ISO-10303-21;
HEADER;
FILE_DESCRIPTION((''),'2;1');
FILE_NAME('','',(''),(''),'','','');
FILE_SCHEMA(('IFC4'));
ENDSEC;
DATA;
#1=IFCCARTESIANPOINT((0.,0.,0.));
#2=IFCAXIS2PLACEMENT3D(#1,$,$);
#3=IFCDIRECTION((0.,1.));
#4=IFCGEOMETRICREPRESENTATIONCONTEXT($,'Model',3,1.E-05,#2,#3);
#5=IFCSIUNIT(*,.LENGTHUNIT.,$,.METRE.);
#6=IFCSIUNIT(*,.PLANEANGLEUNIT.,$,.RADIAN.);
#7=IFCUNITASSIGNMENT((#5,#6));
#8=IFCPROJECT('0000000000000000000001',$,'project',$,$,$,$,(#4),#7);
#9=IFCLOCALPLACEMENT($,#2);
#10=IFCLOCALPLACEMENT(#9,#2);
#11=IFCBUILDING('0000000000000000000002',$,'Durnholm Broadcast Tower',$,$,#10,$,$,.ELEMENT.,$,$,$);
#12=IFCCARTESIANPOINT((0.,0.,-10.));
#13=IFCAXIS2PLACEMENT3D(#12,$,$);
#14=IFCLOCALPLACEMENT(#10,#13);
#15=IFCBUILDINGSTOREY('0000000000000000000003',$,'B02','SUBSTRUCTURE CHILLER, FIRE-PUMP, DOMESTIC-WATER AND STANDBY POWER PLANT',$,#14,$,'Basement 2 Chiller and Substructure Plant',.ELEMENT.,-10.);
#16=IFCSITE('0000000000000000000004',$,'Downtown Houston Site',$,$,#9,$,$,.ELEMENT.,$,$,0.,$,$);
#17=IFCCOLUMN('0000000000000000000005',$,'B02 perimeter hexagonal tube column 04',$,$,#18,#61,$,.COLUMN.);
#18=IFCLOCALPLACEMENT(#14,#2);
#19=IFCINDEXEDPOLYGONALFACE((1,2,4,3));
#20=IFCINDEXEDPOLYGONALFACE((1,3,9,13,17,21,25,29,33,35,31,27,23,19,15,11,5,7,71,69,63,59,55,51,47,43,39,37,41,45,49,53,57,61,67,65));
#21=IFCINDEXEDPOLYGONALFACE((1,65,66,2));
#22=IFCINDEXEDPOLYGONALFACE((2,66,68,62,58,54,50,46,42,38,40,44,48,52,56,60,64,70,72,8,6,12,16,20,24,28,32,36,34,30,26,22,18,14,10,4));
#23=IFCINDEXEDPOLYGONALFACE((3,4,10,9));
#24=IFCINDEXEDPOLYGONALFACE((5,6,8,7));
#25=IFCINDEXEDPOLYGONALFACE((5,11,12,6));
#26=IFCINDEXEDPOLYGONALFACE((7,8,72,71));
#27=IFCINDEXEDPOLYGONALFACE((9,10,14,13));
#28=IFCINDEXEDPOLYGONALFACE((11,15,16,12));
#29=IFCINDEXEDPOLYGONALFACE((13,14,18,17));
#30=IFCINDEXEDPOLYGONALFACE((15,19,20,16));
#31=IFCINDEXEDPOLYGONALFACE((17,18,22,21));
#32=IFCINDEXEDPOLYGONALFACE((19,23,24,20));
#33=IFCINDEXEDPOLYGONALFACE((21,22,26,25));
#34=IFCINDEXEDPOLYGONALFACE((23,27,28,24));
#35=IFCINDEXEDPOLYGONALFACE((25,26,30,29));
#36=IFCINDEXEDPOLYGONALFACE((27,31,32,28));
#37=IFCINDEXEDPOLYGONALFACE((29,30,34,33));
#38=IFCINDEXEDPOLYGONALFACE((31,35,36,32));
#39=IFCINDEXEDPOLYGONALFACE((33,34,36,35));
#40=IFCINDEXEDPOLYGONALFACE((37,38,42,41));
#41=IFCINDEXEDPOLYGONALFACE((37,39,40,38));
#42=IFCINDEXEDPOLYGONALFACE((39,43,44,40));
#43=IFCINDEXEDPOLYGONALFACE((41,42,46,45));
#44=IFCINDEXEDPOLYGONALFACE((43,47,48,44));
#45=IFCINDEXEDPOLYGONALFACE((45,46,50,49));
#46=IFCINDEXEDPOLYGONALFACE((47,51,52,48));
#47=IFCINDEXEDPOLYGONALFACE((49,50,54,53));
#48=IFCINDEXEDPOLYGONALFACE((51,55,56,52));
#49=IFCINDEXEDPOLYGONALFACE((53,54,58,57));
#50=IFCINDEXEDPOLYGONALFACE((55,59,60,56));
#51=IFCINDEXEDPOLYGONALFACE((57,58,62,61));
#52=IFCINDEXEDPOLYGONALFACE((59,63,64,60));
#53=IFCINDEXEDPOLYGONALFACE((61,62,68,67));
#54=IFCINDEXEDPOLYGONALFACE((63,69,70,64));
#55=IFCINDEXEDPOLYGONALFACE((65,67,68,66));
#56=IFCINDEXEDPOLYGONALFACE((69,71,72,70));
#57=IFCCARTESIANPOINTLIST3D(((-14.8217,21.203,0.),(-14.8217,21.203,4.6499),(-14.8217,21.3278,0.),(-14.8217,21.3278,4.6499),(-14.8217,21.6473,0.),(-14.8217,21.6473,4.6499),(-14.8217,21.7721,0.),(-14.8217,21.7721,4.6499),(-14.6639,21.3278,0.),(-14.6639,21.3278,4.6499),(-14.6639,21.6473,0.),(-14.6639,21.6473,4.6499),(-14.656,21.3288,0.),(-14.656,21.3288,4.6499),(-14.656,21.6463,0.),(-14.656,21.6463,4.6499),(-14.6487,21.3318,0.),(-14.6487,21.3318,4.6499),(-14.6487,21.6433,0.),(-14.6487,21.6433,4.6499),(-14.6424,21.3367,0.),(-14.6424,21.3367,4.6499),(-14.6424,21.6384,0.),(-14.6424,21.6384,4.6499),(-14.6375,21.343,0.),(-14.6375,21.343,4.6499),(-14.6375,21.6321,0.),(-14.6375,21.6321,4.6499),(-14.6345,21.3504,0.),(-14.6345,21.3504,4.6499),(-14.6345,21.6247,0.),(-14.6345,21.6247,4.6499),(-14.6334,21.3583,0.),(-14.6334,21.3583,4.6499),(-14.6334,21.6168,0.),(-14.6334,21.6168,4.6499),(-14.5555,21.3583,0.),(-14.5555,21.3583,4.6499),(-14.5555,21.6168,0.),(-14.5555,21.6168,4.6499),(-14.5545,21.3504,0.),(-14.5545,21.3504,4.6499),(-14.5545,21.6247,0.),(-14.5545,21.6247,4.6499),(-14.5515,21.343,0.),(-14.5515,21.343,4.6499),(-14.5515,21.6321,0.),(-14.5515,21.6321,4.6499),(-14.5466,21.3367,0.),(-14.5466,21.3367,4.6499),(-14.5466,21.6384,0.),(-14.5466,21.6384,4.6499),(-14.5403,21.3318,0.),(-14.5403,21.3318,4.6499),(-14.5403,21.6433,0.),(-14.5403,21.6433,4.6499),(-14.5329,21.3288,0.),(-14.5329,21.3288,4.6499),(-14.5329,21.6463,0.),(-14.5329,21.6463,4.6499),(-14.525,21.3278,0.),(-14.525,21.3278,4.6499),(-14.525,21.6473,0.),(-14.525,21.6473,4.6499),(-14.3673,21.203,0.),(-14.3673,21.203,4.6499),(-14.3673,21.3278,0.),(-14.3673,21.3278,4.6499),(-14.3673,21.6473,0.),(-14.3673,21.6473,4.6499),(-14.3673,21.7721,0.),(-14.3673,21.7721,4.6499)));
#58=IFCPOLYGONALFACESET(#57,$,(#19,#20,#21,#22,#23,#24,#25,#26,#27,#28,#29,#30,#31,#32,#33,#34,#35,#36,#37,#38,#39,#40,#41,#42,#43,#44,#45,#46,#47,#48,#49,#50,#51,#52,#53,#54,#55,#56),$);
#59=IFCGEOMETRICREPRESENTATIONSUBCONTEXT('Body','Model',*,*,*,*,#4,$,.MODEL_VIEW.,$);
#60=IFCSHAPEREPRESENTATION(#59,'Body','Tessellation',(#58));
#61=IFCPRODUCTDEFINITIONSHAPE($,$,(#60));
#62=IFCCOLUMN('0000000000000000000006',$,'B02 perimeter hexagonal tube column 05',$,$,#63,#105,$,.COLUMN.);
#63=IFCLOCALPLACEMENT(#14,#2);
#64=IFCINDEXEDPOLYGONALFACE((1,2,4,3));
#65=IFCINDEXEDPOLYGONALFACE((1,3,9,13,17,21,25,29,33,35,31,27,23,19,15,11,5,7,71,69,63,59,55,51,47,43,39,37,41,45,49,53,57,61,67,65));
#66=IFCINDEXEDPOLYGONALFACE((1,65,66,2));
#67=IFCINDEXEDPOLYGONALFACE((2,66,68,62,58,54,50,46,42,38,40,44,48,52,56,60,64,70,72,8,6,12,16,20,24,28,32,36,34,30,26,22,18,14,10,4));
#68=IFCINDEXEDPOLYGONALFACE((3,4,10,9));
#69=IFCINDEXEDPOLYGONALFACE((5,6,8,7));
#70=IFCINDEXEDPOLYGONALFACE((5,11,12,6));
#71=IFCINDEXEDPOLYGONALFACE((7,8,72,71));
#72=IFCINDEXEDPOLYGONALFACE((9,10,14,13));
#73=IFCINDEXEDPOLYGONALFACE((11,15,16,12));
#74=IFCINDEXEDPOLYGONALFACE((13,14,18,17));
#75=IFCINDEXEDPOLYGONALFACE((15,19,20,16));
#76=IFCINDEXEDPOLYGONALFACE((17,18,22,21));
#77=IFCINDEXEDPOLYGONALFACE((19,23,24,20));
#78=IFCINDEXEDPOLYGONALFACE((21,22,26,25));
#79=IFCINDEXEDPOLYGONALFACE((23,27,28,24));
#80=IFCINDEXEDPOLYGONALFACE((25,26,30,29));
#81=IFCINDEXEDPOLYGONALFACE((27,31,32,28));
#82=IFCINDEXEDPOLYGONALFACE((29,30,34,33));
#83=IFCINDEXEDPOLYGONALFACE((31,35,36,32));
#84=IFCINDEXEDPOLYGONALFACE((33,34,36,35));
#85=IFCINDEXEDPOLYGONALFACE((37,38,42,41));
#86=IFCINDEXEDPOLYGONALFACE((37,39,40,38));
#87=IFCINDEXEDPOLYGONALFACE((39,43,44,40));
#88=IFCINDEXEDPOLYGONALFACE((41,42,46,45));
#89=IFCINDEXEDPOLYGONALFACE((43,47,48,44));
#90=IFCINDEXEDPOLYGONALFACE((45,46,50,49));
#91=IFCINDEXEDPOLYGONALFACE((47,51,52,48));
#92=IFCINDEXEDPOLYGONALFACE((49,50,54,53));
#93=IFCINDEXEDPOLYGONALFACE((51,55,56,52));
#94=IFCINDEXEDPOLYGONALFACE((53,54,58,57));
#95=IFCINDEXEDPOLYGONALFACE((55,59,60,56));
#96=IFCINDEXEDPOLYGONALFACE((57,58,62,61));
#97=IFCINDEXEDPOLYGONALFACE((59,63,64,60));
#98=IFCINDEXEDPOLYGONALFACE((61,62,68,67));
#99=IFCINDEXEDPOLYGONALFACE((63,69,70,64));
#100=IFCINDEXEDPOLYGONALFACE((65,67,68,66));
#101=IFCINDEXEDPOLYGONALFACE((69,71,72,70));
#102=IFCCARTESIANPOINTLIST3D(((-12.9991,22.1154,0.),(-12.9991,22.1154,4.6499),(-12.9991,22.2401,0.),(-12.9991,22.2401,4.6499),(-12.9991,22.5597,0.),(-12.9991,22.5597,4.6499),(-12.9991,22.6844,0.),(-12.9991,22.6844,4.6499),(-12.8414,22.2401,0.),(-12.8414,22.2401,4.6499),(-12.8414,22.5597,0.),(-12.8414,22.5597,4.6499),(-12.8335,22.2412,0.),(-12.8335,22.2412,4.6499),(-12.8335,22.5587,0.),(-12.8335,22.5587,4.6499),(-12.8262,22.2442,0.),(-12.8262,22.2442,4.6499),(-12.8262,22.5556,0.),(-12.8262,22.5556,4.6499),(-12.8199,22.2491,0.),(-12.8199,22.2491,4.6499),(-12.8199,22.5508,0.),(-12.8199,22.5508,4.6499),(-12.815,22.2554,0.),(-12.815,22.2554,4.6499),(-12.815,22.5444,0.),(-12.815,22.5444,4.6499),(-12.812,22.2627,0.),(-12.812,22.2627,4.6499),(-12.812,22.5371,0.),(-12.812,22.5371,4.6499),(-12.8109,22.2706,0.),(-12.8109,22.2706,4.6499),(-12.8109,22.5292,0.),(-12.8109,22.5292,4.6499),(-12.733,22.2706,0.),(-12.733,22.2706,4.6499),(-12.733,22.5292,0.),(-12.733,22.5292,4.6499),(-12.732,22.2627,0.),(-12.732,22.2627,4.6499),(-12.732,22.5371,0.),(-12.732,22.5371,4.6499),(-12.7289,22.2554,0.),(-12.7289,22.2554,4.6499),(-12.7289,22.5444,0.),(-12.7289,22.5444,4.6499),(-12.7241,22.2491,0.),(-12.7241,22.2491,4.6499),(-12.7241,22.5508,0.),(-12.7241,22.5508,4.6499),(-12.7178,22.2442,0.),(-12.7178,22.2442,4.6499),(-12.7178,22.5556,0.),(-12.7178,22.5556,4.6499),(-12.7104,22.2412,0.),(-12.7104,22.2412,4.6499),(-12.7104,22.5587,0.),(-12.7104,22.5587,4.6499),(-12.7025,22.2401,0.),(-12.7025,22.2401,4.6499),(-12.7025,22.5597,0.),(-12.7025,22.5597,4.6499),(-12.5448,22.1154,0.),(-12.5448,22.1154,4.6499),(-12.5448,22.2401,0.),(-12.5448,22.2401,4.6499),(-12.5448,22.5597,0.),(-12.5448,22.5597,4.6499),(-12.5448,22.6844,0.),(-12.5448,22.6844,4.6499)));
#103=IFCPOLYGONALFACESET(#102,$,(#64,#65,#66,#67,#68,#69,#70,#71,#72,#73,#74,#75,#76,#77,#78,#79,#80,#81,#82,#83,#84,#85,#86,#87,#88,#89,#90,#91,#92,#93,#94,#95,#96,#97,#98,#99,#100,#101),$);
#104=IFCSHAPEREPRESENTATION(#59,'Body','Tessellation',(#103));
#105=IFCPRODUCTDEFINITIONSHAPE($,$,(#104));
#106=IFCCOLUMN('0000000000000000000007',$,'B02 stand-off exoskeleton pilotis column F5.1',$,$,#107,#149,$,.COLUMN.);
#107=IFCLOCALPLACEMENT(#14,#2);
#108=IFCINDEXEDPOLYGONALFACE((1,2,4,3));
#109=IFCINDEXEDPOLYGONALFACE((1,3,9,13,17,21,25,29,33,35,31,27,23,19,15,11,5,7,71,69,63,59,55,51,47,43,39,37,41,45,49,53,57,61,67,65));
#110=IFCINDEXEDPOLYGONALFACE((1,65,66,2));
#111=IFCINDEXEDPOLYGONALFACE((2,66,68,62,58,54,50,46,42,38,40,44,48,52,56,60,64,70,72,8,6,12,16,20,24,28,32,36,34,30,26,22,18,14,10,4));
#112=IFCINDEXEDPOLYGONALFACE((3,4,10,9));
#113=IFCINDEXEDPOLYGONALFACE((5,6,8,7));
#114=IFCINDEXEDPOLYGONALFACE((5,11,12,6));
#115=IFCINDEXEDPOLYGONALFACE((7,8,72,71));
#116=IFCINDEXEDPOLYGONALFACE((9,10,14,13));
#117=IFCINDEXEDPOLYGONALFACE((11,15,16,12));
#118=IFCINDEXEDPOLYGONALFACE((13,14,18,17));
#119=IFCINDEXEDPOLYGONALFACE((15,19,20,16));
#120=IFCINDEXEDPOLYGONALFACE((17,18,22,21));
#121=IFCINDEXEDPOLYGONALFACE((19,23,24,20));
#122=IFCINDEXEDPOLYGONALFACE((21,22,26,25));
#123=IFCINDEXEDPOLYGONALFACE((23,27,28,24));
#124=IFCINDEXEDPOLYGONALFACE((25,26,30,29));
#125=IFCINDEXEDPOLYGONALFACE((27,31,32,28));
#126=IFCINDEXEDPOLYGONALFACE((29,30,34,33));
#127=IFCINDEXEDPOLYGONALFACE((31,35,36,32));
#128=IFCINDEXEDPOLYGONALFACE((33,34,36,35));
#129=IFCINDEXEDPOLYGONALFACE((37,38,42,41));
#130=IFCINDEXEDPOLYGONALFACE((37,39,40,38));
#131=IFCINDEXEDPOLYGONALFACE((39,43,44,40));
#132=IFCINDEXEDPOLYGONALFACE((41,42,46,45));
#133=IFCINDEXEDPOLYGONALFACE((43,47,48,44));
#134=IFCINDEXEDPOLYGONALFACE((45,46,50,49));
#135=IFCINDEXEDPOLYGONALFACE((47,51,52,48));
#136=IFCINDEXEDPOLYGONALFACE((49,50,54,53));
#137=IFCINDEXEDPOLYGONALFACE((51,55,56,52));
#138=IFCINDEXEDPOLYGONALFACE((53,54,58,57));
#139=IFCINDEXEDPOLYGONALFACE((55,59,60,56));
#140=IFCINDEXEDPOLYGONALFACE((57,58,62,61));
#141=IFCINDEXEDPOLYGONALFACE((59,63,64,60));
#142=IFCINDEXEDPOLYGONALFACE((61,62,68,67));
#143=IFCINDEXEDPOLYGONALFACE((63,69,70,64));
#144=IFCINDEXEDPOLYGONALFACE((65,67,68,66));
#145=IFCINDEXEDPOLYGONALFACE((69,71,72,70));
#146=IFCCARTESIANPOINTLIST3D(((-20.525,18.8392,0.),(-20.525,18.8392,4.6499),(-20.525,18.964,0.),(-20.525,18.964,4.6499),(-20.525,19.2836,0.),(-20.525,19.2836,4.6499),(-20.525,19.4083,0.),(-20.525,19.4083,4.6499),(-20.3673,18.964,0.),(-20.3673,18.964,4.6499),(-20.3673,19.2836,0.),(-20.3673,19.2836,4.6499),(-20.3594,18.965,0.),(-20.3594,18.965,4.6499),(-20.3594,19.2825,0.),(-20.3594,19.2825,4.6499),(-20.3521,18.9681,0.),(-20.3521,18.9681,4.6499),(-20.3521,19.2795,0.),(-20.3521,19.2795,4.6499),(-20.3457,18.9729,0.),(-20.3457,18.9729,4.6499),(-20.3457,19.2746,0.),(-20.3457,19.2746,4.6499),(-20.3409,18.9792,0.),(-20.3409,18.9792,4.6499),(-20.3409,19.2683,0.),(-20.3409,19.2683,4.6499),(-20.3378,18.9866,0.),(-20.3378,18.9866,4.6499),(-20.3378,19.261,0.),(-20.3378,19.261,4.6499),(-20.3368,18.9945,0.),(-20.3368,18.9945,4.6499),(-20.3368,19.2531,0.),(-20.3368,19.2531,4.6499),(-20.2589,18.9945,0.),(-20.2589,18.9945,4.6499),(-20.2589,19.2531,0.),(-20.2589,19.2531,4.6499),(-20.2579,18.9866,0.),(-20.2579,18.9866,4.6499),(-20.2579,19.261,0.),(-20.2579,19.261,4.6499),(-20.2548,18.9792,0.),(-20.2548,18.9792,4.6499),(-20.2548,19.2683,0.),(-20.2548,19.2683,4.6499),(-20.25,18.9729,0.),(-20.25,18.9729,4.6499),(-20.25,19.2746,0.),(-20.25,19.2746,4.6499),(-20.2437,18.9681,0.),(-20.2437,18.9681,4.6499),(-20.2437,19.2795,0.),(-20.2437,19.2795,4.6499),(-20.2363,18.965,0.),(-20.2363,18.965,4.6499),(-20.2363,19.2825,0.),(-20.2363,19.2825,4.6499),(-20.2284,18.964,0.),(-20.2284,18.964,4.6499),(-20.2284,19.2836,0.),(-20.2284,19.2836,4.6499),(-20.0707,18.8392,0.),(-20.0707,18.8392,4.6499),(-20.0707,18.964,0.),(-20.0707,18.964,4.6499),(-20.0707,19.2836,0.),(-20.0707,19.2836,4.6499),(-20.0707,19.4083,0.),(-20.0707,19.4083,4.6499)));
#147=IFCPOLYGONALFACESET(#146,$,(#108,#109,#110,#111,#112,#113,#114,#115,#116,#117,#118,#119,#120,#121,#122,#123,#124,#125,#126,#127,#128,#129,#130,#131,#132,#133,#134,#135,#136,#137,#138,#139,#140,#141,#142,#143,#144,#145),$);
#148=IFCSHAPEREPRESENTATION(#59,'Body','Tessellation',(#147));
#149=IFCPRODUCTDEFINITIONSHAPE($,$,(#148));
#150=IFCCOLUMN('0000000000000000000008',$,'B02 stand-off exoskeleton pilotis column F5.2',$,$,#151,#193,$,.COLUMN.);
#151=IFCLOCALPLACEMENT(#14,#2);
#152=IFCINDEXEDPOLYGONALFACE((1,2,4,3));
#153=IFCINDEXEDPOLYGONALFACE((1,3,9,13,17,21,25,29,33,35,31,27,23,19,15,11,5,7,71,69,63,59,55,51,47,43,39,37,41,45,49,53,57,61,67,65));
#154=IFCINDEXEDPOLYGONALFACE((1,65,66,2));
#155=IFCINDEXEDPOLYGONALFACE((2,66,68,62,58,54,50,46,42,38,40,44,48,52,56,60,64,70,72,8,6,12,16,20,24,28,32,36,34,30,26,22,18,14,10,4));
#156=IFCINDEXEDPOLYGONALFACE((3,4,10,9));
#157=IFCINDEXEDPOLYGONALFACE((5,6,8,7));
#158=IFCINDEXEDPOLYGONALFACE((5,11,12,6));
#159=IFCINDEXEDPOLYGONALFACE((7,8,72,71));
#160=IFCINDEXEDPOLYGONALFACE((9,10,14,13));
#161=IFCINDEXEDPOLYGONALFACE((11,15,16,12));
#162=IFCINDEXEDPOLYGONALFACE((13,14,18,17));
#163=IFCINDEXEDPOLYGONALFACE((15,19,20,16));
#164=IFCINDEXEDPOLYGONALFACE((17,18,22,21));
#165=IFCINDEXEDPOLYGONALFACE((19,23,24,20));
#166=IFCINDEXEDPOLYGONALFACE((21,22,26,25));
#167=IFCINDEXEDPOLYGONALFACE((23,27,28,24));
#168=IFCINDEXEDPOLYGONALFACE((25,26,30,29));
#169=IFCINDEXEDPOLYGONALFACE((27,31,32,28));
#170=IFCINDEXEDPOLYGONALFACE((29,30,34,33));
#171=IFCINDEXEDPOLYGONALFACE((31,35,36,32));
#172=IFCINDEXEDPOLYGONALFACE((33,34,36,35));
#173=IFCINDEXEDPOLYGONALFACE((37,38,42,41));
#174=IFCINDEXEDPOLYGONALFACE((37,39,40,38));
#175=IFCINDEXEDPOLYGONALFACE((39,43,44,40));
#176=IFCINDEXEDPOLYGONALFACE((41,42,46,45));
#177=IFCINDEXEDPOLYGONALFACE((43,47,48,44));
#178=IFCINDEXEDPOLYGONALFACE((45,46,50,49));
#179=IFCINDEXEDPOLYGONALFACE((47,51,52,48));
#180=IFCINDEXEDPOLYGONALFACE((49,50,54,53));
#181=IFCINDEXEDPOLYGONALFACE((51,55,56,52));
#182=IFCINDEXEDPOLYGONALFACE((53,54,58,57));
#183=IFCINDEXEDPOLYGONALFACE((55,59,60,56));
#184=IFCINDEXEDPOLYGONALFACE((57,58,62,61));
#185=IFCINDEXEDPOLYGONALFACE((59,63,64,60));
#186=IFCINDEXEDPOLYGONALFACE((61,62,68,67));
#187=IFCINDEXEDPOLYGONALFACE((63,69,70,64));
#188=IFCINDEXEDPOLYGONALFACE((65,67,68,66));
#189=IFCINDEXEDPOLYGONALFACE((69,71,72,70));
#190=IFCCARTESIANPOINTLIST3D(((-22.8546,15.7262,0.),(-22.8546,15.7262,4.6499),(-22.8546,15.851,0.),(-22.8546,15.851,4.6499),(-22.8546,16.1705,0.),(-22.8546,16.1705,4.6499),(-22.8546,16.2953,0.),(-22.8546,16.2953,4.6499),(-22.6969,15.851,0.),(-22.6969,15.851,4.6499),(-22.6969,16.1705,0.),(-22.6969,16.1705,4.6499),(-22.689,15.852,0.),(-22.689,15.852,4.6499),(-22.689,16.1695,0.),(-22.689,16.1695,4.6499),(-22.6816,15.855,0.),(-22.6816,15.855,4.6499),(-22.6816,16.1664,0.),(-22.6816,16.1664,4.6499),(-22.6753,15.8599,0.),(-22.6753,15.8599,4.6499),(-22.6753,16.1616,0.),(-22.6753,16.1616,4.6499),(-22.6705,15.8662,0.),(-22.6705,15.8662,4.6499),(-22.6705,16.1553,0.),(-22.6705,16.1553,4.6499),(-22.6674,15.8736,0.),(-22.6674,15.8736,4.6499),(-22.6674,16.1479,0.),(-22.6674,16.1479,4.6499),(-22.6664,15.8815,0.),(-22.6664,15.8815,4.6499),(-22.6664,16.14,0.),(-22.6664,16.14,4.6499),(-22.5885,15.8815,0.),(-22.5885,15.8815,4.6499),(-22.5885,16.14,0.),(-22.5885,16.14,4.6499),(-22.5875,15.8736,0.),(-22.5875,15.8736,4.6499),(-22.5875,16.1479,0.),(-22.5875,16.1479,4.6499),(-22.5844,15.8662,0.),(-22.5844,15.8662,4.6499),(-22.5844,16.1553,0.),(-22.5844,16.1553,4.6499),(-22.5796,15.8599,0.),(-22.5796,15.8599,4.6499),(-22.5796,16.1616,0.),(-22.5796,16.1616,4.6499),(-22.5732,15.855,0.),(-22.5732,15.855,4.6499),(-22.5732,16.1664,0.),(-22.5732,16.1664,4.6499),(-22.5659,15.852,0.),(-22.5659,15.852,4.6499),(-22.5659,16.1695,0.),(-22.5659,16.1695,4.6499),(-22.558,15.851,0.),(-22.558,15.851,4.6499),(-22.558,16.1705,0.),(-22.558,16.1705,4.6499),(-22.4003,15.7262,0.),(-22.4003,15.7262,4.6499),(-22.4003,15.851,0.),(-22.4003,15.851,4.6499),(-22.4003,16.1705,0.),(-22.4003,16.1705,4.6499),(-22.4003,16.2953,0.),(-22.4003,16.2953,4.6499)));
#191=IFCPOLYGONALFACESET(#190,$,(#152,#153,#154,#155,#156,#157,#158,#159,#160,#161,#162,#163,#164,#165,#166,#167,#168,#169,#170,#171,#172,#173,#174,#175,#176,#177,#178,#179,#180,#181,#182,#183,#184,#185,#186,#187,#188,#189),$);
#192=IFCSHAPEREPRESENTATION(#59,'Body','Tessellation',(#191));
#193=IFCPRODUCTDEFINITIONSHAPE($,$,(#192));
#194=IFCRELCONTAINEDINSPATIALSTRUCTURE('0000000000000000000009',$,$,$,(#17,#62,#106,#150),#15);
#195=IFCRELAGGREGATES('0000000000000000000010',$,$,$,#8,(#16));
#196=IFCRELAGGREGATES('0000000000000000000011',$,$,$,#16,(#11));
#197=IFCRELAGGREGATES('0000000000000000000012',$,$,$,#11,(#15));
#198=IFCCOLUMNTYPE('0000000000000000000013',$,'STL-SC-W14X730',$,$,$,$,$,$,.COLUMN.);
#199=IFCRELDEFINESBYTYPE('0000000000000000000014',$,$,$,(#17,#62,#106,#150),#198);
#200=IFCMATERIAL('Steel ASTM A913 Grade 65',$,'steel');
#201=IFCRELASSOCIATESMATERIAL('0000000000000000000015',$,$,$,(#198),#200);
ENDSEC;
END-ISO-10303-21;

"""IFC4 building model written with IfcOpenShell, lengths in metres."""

from ifc_helpers import new_model, si_unit, direction, frame, origin, origin_2d, place, context, subcontext, project, spatial, i_section, extrude, source, transform, mapped, material, material_profile, profile_set, type_object, type_shapes, element, save


model = new_model("IFC4")

# Units and contexts
model_context = context("Model", 3, precision=1e-05, world=origin(), true_north=direction((0.0, 1.0)))
body_context = subcontext(model_context, "Body", "Model", "MODEL_VIEW")
ifc_project = project(units=[si_unit("LENGTHUNIT", "METRE"), si_unit("PLANEANGLEUNIT", "RADIAN")], contexts=[model_context])

# Site, building, storey
site_placement = place(None, origin())
site = spatial("IfcSite", under=ifc_project, at=site_placement, Name="Downtown Houston Site", CompositionType="ELEMENT", RefElevation=0.0)
building_placement = place(site_placement, origin())
building = spatial("IfcBuilding", under=site, at=building_placement, Name="Durnholm Broadcast Tower", CompositionType="ELEMENT")
storey_placement = place(building_placement, frame((0.0, 0.0, -10.0)))
storey = spatial("IfcBuildingStorey", under=building, at=storey_placement, Name="B02", Description="SUBSTRUCTURE CHILLER, FIRE-PUMP, DOMESTIC-WATER AND STANDBY POWER PLANT", LongName="Basement 2 Chiller and Substructure Plant", CompositionType="ELEMENT", Elevation=-10.0)

# Columns
ifc_material_1 = material(Name="Steel ASTM A913 Grade 65", Category="steel")
ifc_material_profile_1 = material_profile(ifc_material_1, i_section(OverallWidth=0.4543, OverallDepth=0.5691, WebThickness=0.0779, FlangeThickness=0.1248, FilletRadius=0.0305, at=origin_2d()), Name="W14X730")
ifc_profile_set_1 = profile_set([ifc_material_profile_1], Name="Steel ASTM A913 Grade 65")
column_type = type_object("IfcColumnType", Name="STL-SC-W14X730", PredefinedType="COLUMN", material=ifc_profile_set_1)
shared_shape_1 = source(origin(), body_context, "Body", "SweptSolid", [
    extrude(i_section(OverallWidth=0.4543, OverallDepth=0.5691, WebThickness=0.0779, FlangeThickness=0.1248, FilletRadius=0.0305, at=origin_2d()), origin(), (0.0, 0.0, 1.0), 4.6499),
])
type_shapes(column_type, [shared_shape_1])
for number, where, z_axis, x_axis, name in (
    (1, (-14.5945, 21.4875, 0.0), (0.0, 0.0, 1.0), (1.0, 0.0, 0.0), "B02 perimeter hexagonal tube column 04"),
    (2, (-12.772, 22.3999, 0.0), (0.0, 0.0, 1.0), (1.0, 0.0, 0.0), "B02 perimeter hexagonal tube column 05"),
    (3, (-20.2979, 19.1238, 0.0), (0.0, 0.0, 1.0), (1.0, 0.0, 0.0), "B02 stand-off exoskeleton pilotis column F5.1"),
    (4, (-22.6274, 16.0107, 0.0), (0.0, 0.0, 1.0), (1.0, 0.0, 0.0), "B02 stand-off exoskeleton pilotis column F5.2"),
):
    element("IfcColumn", number, at=place(storey_placement, frame(where, z_axis=z_axis, x_axis=x_axis)), inside=storey, type_object=column_type, Name=name, PredefinedType="COLUMN", context=body_context, shape_type="MappedRepresentation", body=[
        mapped(shared_shape_1, transform((0.0, 0.0, 0.0), x_axis=(1.0, 0.0, 0.0), y_axis=(0.0, 1.0, 0.0), z_axis=(0.0, 0.0, 1.0), scale=1.0)),
    ])

save(model, "model.ifc")
